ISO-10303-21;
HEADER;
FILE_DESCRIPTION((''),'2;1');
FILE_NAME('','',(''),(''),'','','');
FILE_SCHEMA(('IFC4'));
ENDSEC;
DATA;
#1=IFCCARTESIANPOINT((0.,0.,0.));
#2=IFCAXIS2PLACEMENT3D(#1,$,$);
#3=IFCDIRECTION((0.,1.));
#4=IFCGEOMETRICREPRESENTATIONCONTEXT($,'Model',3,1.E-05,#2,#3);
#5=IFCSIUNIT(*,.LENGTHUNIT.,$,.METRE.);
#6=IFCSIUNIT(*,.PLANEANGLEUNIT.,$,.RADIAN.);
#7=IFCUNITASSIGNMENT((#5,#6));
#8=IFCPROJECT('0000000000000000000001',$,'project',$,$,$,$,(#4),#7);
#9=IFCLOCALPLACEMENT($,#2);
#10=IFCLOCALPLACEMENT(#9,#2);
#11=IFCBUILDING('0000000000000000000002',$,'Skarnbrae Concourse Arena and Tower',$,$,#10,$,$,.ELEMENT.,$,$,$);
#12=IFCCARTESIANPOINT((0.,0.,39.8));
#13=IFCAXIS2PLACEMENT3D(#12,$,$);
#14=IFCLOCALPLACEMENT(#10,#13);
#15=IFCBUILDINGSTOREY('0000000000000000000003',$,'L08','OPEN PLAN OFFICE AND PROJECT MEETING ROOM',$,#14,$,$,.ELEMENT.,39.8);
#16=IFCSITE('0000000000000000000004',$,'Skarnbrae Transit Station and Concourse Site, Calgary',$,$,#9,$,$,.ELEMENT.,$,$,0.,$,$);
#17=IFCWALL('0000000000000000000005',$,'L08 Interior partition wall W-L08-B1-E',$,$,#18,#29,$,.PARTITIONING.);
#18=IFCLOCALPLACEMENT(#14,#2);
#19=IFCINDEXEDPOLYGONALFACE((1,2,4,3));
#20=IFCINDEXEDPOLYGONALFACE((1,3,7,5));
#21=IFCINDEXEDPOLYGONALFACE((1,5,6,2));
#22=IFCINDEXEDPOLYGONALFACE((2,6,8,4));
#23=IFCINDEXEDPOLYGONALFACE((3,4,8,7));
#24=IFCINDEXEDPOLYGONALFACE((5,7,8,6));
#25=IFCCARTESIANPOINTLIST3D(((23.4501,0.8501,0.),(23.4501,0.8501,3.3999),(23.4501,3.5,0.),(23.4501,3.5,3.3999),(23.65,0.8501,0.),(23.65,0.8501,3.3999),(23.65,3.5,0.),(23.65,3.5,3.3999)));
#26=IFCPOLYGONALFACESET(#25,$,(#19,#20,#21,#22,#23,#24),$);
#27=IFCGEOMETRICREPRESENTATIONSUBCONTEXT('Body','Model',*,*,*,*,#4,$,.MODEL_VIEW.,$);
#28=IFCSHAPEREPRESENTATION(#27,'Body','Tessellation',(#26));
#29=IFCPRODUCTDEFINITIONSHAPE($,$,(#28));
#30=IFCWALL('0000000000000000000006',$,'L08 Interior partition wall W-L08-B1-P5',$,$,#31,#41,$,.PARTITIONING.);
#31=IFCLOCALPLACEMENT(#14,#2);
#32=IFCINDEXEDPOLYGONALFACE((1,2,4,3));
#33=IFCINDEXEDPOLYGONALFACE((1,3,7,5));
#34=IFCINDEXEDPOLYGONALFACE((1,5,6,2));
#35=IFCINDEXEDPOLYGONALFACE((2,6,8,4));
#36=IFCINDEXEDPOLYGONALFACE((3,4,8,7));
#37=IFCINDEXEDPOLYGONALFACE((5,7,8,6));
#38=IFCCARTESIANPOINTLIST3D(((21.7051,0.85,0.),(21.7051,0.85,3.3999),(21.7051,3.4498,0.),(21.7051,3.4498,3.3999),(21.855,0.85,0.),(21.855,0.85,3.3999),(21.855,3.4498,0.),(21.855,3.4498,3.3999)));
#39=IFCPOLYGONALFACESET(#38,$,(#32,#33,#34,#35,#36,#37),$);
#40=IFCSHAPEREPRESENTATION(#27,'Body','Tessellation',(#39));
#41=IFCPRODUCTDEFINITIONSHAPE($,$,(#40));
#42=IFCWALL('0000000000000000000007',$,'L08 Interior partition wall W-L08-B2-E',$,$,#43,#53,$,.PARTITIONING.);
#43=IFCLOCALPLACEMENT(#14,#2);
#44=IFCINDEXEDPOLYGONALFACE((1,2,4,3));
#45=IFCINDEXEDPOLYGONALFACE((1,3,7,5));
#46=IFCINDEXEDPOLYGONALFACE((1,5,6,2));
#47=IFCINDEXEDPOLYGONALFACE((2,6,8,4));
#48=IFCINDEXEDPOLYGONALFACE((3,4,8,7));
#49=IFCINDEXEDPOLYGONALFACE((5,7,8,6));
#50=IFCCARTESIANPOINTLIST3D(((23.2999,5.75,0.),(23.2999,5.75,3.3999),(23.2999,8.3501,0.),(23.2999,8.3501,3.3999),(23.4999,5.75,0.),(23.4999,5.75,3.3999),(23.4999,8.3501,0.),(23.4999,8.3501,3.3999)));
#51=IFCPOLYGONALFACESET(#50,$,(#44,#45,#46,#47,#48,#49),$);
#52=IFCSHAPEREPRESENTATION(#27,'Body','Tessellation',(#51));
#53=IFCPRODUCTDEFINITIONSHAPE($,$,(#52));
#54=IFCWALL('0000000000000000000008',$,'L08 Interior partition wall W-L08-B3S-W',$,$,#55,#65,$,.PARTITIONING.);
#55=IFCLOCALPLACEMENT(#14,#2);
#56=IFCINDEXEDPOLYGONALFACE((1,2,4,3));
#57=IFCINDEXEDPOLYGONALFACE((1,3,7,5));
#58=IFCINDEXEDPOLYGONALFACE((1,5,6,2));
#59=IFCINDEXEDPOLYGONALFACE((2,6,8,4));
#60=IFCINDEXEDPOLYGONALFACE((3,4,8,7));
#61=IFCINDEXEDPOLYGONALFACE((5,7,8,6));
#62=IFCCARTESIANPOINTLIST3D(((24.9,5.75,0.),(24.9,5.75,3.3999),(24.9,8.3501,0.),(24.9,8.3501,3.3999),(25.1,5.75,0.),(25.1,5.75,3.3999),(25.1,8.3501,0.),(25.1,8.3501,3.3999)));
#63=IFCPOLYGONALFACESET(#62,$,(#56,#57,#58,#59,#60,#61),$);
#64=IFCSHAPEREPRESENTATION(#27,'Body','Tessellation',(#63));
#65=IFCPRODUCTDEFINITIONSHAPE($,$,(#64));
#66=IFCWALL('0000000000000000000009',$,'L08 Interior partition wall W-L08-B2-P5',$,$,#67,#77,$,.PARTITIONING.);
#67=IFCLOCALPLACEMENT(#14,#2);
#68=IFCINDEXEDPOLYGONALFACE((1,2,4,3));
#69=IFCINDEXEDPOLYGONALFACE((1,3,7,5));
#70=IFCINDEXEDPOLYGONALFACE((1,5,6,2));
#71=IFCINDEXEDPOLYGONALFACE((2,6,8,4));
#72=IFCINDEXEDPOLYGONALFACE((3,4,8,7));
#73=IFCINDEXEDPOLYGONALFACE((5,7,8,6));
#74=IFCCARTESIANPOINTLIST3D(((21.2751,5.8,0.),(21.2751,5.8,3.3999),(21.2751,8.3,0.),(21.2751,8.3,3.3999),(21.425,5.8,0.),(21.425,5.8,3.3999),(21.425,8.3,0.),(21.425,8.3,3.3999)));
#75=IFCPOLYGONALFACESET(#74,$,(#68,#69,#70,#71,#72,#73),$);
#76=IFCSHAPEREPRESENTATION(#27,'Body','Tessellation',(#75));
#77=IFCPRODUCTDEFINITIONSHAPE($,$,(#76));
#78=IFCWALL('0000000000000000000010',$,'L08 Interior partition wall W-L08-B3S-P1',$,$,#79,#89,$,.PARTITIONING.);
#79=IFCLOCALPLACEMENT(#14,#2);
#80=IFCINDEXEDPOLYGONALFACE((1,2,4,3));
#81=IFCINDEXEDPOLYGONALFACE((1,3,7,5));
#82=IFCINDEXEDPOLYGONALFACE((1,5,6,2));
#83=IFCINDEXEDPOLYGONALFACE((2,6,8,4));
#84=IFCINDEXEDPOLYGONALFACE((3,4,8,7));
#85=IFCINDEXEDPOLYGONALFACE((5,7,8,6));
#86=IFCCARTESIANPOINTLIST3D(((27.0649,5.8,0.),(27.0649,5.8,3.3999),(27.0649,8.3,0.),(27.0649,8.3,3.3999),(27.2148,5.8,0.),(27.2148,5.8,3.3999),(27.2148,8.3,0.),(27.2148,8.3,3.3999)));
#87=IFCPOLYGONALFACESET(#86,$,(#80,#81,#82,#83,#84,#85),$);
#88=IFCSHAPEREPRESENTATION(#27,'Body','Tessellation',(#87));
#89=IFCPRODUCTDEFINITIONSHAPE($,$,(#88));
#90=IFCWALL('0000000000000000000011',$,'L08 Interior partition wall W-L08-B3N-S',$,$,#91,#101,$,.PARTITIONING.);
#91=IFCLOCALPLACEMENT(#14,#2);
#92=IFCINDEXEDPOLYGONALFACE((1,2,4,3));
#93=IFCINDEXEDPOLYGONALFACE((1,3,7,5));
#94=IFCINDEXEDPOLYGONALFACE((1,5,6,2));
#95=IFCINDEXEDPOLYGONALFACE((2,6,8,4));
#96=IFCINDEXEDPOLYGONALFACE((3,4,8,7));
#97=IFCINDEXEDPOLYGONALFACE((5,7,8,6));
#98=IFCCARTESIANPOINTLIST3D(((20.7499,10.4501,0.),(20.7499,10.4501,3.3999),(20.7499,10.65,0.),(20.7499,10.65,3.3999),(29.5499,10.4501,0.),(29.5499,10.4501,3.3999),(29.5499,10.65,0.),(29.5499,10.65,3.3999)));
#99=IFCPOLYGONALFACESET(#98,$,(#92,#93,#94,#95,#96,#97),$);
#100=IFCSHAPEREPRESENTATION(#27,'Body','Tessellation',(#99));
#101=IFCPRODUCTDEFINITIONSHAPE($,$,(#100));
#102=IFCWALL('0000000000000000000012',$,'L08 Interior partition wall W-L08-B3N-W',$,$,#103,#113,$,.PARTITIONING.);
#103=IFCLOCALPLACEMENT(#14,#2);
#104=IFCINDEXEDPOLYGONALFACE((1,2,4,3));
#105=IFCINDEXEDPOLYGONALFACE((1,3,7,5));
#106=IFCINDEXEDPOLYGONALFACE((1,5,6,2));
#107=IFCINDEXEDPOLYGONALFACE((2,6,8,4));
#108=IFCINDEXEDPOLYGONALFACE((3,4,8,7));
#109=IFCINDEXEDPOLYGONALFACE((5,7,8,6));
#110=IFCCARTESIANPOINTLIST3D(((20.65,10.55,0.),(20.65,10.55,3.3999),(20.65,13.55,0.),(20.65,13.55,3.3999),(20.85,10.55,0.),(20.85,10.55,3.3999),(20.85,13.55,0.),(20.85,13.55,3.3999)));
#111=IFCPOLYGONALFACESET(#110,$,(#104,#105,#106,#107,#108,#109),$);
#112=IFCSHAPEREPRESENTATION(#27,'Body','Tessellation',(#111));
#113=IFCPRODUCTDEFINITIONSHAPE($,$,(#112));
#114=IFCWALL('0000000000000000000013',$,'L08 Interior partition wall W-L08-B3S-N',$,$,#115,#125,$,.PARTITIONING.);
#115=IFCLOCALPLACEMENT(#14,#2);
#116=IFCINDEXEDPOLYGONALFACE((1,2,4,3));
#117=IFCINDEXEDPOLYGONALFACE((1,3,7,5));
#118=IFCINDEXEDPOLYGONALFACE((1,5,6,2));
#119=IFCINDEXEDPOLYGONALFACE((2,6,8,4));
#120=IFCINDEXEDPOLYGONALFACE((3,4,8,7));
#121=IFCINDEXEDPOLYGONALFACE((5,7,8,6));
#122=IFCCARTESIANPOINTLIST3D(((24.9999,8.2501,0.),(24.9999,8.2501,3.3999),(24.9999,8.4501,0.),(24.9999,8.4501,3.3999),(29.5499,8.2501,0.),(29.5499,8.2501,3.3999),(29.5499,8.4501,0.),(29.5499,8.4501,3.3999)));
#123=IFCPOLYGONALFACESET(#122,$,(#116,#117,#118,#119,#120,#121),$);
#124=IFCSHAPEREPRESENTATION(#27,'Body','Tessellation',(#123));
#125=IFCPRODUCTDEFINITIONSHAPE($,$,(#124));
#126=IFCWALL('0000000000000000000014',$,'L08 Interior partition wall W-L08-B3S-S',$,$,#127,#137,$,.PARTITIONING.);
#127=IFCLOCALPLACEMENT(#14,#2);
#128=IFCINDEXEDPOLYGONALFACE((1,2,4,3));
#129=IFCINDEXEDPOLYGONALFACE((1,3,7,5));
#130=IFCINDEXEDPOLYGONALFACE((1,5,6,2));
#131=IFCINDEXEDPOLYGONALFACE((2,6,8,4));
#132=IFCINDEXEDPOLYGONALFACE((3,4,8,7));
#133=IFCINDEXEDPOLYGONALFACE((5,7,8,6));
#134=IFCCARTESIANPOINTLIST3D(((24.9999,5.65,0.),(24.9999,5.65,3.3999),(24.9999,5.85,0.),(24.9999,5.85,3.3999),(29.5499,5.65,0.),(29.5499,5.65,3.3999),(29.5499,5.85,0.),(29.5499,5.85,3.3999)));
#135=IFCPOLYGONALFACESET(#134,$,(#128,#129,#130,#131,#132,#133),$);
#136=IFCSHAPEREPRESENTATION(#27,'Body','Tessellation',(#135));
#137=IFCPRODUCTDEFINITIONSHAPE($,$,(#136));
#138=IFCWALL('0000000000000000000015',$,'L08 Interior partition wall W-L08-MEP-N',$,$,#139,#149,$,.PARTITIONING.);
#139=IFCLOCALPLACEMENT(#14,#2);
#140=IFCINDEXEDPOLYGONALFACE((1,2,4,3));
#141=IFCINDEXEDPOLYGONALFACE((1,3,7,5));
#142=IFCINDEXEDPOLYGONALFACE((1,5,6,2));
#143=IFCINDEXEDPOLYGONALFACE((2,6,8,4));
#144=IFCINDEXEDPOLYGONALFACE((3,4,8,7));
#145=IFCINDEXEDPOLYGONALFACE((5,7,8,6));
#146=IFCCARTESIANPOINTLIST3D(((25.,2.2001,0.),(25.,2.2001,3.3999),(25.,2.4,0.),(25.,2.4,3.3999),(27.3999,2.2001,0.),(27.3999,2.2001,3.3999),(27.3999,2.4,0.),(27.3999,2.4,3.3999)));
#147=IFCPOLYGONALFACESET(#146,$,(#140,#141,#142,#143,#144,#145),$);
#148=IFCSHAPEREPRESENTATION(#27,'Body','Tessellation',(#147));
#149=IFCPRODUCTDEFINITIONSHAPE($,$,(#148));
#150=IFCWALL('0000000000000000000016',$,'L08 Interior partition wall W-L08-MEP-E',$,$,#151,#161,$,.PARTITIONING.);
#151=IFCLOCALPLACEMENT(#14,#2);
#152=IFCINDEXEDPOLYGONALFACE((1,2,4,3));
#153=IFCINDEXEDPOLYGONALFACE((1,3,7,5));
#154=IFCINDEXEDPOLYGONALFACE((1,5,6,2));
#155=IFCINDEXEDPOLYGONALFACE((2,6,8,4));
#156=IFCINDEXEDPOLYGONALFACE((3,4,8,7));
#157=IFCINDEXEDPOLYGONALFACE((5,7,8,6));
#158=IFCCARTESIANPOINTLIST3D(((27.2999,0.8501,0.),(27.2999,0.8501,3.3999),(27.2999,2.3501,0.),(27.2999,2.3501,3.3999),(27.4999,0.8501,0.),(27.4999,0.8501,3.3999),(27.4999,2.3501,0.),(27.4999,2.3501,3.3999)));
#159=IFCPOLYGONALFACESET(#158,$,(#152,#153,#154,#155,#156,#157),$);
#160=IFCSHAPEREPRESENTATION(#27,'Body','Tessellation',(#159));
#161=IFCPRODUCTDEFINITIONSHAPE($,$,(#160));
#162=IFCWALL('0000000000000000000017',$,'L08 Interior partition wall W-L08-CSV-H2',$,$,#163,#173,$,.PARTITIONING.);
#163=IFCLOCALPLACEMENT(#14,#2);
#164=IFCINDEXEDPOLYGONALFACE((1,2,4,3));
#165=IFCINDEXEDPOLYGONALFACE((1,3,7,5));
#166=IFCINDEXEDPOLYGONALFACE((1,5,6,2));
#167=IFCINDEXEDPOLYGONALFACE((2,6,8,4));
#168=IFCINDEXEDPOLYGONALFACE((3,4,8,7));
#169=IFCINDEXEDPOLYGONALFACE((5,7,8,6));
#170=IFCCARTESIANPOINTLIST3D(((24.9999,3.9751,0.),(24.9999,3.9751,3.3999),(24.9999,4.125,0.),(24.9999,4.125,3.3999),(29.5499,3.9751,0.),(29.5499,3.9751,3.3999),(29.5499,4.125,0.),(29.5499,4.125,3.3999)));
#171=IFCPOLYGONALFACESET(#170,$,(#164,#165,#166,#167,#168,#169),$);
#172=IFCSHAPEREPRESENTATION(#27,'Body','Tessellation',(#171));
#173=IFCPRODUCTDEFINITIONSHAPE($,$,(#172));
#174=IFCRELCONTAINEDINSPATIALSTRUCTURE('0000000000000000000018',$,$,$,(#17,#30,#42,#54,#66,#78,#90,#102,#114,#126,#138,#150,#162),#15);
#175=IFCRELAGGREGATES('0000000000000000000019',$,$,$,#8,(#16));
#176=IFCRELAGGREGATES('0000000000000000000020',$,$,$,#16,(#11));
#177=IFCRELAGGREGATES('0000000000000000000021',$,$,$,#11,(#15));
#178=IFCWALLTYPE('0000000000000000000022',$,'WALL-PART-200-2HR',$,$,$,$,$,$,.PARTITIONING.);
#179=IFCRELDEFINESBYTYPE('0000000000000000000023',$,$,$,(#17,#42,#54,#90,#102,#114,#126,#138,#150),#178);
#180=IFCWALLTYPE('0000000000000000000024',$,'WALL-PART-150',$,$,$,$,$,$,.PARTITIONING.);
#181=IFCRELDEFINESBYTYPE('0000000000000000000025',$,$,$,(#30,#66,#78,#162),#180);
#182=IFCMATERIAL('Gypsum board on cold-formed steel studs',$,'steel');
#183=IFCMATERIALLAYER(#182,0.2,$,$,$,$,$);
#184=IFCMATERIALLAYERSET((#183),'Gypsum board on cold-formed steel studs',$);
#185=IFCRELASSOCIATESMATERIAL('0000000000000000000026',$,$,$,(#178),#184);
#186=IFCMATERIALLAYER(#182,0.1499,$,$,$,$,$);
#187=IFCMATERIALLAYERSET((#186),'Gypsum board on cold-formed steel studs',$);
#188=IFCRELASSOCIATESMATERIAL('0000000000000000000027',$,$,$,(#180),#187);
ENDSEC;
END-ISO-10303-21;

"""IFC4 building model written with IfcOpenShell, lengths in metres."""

from ifc_helpers import new_model, si_unit, direction, frame, frame_2d, origin, place, context, subcontext, project, spatial, rectangle, extrude, source, transform, mapped, material, layer, layer_set, type_object, element, save


model = new_model("IFC4")

# Units and contexts
model_context = context("Model", 3, precision=1e-05, world=origin(), true_north=direction((0.0, 1.0)))
body_context = subcontext(model_context, "Body", "Model", "MODEL_VIEW")
ifc_project = project(units=[si_unit("LENGTHUNIT", "METRE"), si_unit("PLANEANGLEUNIT", "RADIAN")], contexts=[model_context])

# Site, building, storey
site_placement = place(None, origin())
site = spatial("IfcSite", under=ifc_project, at=site_placement, Name="Skarnbrae Transit Station and Concourse Site, Calgary", CompositionType="ELEMENT", RefElevation=0.0)
building_placement = place(site_placement, origin())
building = spatial("IfcBuilding", under=site, at=building_placement, Name="Skarnbrae Concourse Arena and Tower", CompositionType="ELEMENT")
storey_placement = place(building_placement, frame((0.0, 0.0, 39.8)))
storey = spatial("IfcBuildingStorey", under=building, at=storey_placement, Name="L08", Description="OPEN PLAN OFFICE AND PROJECT MEETING ROOM", CompositionType="ELEMENT", Elevation=39.8)

# Walls
ifc_material_1 = material(Name="Gypsum board on cold-formed steel studs", Category="steel")
ifc_layer_1 = layer(ifc_material_1, 0.2)
ifc_layer_set_1 = layer_set([ifc_layer_1], Name="Gypsum board on cold-formed steel studs")
wall_type_1 = type_object("IfcWallType", Name="WALL-PART-200-2HR", PredefinedType="PARTITIONING", material=ifc_layer_set_1)
shared_shape_1 = source(origin(), body_context, "Body", "SweptSolid", [
    extrude(rectangle(XDim=2.6499, YDim=0.2, at=frame_2d((1.325, 0.0))), origin(), (0.0, 0.0, 1.0), 3.3999),
])
wall_1_placement = place(storey_placement, frame((23.55, 0.8501, 0.0), z_axis=(0.0, 0.0, 1.0), x_axis=(0.0, 1.0, 0.0)))
element("IfcWall", 1, at=wall_1_placement, inside=storey, type_object=wall_type_1, Name="L08 Interior partition wall W-L08-B1-E", PredefinedType="PARTITIONING", context=body_context, shape_type="MappedRepresentation", body=[
    mapped(shared_shape_1, transform((0.0, 0.0, 0.0))),
])
ifc_layer_2 = layer(ifc_material_1, 0.1499)
ifc_layer_set_2 = layer_set([ifc_layer_2], Name="Gypsum board on cold-formed steel studs")
wall_type_2 = type_object("IfcWallType", Name="WALL-PART-150", PredefinedType="PARTITIONING", material=ifc_layer_set_2)
shared_shape_2 = source(origin(), body_context, "Body", "SweptSolid", [
    extrude(rectangle(XDim=2.5999, YDim=0.1499, at=frame_2d((1.2998, 0.0))), origin(), (0.0, 0.0, 1.0), 3.3999),
])
wall_2_placement = place(storey_placement, frame((21.78, 0.8501, 0.0), z_axis=(0.0, 0.0, 1.0), x_axis=(0.0, 1.0, 0.0)))
element("IfcWall", 2, at=wall_2_placement, inside=storey, type_object=wall_type_2, Name="L08 Interior partition wall W-L08-B1-P5", PredefinedType="PARTITIONING", context=body_context, shape_type="MappedRepresentation", body=[
    mapped(shared_shape_2, transform((0.0, 0.0, 0.0))),
])
shared_shape_3 = source(origin(), body_context, "Body", "SweptSolid", [
    extrude(rectangle(XDim=2.6001, YDim=0.2, at=frame_2d((1.3, 0.0))), origin(), (0.0, 0.0, 1.0), 3.3999),
])
for number, where, z_axis, x_axis, name in (
    (3, (23.3999, 5.75, 0.0), (0.0, 0.0, 1.0), (0.0, 1.0, 0.0), "L08 Interior partition wall W-L08-B2-E"),
    (4, (25.0, 5.75, 0.0), (0.0, 0.0, 1.0), (0.0, 1.0, 0.0), "L08 Interior partition wall W-L08-B3S-W"),
):
    element("IfcWall", number, at=place(storey_placement, frame(where, z_axis=z_axis, x_axis=x_axis)), inside=storey, type_object=wall_type_1, Name=name, PredefinedType="PARTITIONING", context=body_context, shape_type="MappedRepresentation", body=[
        mapped(shared_shape_3, transform((0.0, 0.0, 0.0))),
    ])
shared_shape_4 = source(origin(), body_context, "Body", "SweptSolid", [
    extrude(rectangle(XDim=2.5, YDim=0.1499, at=frame_2d((1.25, 0.0))), origin(), (0.0, 0.0, 1.0), 3.3999),
])
for number, where, z_axis, x_axis, name in (
    (5, (21.3501, 5.8, 0.0), (0.0, 0.0, 1.0), (0.0, 1.0, 0.0), "L08 Interior partition wall W-L08-B2-P5"),
    (6, (27.1399, 5.8, 0.0), (0.0, 0.0, 1.0), (0.0, 1.0, 0.0), "L08 Interior partition wall W-L08-B3S-P1"),
):
    element("IfcWall", number, at=place(storey_placement, frame(where, z_axis=z_axis, x_axis=x_axis)), inside=storey, type_object=wall_type_2, Name=name, PredefinedType="PARTITIONING", context=body_context, shape_type="MappedRepresentation", body=[
        mapped(shared_shape_4, transform((0.0, 0.0, 0.0))),
    ])
shared_shape_5 = source(origin(), body_context, "Body", "SweptSolid", [
    extrude(rectangle(XDim=8.8, YDim=0.2, at=frame_2d((4.3999, 0.0))), origin(), (0.0, 0.0, 1.0), 3.3999),
])
wall_3_placement = place(storey_placement, frame((20.75, 10.55, 0.0), z_axis=(0.0, 0.0, 1.0), x_axis=(1.0, 0.0, 0.0)))
element("IfcWall", 7, at=wall_3_placement, inside=storey, type_object=wall_type_1, Name="L08 Interior partition wall W-L08-B3N-S", PredefinedType="PARTITIONING", context=body_context, shape_type="MappedRepresentation", body=[
    mapped(shared_shape_5, transform((0.0, 0.0, 0.0))),
])
shared_shape_6 = source(origin(), body_context, "Body", "SweptSolid", [
    extrude(rectangle(XDim=3.0, YDim=0.2, at=frame_2d((1.5, 0.0))), origin(), (0.0, 0.0, 1.0), 3.3999),
])
wall_4_placement = place(storey_placement, frame((20.75, 10.55, 0.0), z_axis=(0.0, 0.0, 1.0), x_axis=(0.0, 1.0, 0.0)))
element("IfcWall", 8, at=wall_4_placement, inside=storey, type_object=wall_type_1, Name="L08 Interior partition wall W-L08-B3N-W", PredefinedType="PARTITIONING", context=body_context, shape_type="MappedRepresentation", body=[
    mapped(shared_shape_6, transform((0.0, 0.0, 0.0))),
])
shared_shape_7 = source(origin(), body_context, "Body", "SweptSolid", [
    extrude(rectangle(XDim=4.55, YDim=0.2, at=frame_2d((2.2749, 0.0))), origin(), (0.0, 0.0, 1.0), 3.3999),
])
for number, where, z_axis, x_axis, name in (
    (9, (25.0, 8.3501, 0.0), (0.0, 0.0, 1.0), (1.0, 0.0, 0.0), "L08 Interior partition wall W-L08-B3S-N"),
    (10, (25.0, 5.75, 0.0), (0.0, 0.0, 1.0), (1.0, 0.0, 0.0), "L08 Interior partition wall W-L08-B3S-S"),
):
    element("IfcWall", number, at=place(storey_placement, frame(where, z_axis=z_axis, x_axis=x_axis)), inside=storey, type_object=wall_type_1, Name=name, PredefinedType="PARTITIONING", context=body_context, shape_type="MappedRepresentation", body=[
        mapped(shared_shape_7, transform((0.0, 0.0, 0.0))),
    ])

# Walls
shared_shape_8 = source(origin(), body_context, "Body", "SweptSolid", [
    extrude(rectangle(XDim=2.3999, YDim=0.2, at=frame_2d((1.2, 0.0))), origin(), (0.0, 0.0, 1.0), 3.3999),
])
wall_5_placement = place(storey_placement, frame((25.0, 2.3, 0.0), z_axis=(0.0, 0.0, 1.0), x_axis=(1.0, 0.0, 0.0)))
element("IfcWall", 11, at=wall_5_placement, inside=storey, type_object=wall_type_1, Name="L08 Interior partition wall W-L08-MEP-N", PredefinedType="PARTITIONING", context=body_context, shape_type="MappedRepresentation", body=[
    mapped(shared_shape_8, transform((0.0, 0.0, 0.0))),
])
shared_shape_9 = source(origin(), body_context, "Body", "SweptSolid", [
    extrude(rectangle(XDim=1.5, YDim=0.2, at=frame_2d((0.75, 0.0))), origin(), (0.0, 0.0, 1.0), 3.3999),
])
wall_6_placement = place(storey_placement, frame((27.3999, 0.8501, 0.0), z_axis=(0.0, 0.0, 1.0), x_axis=(0.0, 1.0, 0.0)))
element("IfcWall", 12, at=wall_6_placement, inside=storey, type_object=wall_type_1, Name="L08 Interior partition wall W-L08-MEP-E", PredefinedType="PARTITIONING", context=body_context, shape_type="MappedRepresentation", body=[
    mapped(shared_shape_9, transform((0.0, 0.0, 0.0))),
])
shared_shape_10 = source(origin(), body_context, "Body", "SweptSolid", [
    extrude(rectangle(XDim=4.55, YDim=0.1499, at=frame_2d((2.2749, 0.0))), origin(), (0.0, 0.0, 1.0), 3.3999),
])
wall_7_placement = place(storey_placement, frame((25.0, 4.05, 0.0), z_axis=(0.0, 0.0, 1.0), x_axis=(1.0, 0.0, 0.0)))
element("IfcWall", 13, at=wall_7_placement, inside=storey, type_object=wall_type_2, Name="L08 Interior partition wall W-L08-CSV-H2", PredefinedType="PARTITIONING", context=body_context, shape_type="MappedRepresentation", body=[
    mapped(shared_shape_10, transform((0.0, 0.0, 0.0))),
])

save(model, "model.ifc")
